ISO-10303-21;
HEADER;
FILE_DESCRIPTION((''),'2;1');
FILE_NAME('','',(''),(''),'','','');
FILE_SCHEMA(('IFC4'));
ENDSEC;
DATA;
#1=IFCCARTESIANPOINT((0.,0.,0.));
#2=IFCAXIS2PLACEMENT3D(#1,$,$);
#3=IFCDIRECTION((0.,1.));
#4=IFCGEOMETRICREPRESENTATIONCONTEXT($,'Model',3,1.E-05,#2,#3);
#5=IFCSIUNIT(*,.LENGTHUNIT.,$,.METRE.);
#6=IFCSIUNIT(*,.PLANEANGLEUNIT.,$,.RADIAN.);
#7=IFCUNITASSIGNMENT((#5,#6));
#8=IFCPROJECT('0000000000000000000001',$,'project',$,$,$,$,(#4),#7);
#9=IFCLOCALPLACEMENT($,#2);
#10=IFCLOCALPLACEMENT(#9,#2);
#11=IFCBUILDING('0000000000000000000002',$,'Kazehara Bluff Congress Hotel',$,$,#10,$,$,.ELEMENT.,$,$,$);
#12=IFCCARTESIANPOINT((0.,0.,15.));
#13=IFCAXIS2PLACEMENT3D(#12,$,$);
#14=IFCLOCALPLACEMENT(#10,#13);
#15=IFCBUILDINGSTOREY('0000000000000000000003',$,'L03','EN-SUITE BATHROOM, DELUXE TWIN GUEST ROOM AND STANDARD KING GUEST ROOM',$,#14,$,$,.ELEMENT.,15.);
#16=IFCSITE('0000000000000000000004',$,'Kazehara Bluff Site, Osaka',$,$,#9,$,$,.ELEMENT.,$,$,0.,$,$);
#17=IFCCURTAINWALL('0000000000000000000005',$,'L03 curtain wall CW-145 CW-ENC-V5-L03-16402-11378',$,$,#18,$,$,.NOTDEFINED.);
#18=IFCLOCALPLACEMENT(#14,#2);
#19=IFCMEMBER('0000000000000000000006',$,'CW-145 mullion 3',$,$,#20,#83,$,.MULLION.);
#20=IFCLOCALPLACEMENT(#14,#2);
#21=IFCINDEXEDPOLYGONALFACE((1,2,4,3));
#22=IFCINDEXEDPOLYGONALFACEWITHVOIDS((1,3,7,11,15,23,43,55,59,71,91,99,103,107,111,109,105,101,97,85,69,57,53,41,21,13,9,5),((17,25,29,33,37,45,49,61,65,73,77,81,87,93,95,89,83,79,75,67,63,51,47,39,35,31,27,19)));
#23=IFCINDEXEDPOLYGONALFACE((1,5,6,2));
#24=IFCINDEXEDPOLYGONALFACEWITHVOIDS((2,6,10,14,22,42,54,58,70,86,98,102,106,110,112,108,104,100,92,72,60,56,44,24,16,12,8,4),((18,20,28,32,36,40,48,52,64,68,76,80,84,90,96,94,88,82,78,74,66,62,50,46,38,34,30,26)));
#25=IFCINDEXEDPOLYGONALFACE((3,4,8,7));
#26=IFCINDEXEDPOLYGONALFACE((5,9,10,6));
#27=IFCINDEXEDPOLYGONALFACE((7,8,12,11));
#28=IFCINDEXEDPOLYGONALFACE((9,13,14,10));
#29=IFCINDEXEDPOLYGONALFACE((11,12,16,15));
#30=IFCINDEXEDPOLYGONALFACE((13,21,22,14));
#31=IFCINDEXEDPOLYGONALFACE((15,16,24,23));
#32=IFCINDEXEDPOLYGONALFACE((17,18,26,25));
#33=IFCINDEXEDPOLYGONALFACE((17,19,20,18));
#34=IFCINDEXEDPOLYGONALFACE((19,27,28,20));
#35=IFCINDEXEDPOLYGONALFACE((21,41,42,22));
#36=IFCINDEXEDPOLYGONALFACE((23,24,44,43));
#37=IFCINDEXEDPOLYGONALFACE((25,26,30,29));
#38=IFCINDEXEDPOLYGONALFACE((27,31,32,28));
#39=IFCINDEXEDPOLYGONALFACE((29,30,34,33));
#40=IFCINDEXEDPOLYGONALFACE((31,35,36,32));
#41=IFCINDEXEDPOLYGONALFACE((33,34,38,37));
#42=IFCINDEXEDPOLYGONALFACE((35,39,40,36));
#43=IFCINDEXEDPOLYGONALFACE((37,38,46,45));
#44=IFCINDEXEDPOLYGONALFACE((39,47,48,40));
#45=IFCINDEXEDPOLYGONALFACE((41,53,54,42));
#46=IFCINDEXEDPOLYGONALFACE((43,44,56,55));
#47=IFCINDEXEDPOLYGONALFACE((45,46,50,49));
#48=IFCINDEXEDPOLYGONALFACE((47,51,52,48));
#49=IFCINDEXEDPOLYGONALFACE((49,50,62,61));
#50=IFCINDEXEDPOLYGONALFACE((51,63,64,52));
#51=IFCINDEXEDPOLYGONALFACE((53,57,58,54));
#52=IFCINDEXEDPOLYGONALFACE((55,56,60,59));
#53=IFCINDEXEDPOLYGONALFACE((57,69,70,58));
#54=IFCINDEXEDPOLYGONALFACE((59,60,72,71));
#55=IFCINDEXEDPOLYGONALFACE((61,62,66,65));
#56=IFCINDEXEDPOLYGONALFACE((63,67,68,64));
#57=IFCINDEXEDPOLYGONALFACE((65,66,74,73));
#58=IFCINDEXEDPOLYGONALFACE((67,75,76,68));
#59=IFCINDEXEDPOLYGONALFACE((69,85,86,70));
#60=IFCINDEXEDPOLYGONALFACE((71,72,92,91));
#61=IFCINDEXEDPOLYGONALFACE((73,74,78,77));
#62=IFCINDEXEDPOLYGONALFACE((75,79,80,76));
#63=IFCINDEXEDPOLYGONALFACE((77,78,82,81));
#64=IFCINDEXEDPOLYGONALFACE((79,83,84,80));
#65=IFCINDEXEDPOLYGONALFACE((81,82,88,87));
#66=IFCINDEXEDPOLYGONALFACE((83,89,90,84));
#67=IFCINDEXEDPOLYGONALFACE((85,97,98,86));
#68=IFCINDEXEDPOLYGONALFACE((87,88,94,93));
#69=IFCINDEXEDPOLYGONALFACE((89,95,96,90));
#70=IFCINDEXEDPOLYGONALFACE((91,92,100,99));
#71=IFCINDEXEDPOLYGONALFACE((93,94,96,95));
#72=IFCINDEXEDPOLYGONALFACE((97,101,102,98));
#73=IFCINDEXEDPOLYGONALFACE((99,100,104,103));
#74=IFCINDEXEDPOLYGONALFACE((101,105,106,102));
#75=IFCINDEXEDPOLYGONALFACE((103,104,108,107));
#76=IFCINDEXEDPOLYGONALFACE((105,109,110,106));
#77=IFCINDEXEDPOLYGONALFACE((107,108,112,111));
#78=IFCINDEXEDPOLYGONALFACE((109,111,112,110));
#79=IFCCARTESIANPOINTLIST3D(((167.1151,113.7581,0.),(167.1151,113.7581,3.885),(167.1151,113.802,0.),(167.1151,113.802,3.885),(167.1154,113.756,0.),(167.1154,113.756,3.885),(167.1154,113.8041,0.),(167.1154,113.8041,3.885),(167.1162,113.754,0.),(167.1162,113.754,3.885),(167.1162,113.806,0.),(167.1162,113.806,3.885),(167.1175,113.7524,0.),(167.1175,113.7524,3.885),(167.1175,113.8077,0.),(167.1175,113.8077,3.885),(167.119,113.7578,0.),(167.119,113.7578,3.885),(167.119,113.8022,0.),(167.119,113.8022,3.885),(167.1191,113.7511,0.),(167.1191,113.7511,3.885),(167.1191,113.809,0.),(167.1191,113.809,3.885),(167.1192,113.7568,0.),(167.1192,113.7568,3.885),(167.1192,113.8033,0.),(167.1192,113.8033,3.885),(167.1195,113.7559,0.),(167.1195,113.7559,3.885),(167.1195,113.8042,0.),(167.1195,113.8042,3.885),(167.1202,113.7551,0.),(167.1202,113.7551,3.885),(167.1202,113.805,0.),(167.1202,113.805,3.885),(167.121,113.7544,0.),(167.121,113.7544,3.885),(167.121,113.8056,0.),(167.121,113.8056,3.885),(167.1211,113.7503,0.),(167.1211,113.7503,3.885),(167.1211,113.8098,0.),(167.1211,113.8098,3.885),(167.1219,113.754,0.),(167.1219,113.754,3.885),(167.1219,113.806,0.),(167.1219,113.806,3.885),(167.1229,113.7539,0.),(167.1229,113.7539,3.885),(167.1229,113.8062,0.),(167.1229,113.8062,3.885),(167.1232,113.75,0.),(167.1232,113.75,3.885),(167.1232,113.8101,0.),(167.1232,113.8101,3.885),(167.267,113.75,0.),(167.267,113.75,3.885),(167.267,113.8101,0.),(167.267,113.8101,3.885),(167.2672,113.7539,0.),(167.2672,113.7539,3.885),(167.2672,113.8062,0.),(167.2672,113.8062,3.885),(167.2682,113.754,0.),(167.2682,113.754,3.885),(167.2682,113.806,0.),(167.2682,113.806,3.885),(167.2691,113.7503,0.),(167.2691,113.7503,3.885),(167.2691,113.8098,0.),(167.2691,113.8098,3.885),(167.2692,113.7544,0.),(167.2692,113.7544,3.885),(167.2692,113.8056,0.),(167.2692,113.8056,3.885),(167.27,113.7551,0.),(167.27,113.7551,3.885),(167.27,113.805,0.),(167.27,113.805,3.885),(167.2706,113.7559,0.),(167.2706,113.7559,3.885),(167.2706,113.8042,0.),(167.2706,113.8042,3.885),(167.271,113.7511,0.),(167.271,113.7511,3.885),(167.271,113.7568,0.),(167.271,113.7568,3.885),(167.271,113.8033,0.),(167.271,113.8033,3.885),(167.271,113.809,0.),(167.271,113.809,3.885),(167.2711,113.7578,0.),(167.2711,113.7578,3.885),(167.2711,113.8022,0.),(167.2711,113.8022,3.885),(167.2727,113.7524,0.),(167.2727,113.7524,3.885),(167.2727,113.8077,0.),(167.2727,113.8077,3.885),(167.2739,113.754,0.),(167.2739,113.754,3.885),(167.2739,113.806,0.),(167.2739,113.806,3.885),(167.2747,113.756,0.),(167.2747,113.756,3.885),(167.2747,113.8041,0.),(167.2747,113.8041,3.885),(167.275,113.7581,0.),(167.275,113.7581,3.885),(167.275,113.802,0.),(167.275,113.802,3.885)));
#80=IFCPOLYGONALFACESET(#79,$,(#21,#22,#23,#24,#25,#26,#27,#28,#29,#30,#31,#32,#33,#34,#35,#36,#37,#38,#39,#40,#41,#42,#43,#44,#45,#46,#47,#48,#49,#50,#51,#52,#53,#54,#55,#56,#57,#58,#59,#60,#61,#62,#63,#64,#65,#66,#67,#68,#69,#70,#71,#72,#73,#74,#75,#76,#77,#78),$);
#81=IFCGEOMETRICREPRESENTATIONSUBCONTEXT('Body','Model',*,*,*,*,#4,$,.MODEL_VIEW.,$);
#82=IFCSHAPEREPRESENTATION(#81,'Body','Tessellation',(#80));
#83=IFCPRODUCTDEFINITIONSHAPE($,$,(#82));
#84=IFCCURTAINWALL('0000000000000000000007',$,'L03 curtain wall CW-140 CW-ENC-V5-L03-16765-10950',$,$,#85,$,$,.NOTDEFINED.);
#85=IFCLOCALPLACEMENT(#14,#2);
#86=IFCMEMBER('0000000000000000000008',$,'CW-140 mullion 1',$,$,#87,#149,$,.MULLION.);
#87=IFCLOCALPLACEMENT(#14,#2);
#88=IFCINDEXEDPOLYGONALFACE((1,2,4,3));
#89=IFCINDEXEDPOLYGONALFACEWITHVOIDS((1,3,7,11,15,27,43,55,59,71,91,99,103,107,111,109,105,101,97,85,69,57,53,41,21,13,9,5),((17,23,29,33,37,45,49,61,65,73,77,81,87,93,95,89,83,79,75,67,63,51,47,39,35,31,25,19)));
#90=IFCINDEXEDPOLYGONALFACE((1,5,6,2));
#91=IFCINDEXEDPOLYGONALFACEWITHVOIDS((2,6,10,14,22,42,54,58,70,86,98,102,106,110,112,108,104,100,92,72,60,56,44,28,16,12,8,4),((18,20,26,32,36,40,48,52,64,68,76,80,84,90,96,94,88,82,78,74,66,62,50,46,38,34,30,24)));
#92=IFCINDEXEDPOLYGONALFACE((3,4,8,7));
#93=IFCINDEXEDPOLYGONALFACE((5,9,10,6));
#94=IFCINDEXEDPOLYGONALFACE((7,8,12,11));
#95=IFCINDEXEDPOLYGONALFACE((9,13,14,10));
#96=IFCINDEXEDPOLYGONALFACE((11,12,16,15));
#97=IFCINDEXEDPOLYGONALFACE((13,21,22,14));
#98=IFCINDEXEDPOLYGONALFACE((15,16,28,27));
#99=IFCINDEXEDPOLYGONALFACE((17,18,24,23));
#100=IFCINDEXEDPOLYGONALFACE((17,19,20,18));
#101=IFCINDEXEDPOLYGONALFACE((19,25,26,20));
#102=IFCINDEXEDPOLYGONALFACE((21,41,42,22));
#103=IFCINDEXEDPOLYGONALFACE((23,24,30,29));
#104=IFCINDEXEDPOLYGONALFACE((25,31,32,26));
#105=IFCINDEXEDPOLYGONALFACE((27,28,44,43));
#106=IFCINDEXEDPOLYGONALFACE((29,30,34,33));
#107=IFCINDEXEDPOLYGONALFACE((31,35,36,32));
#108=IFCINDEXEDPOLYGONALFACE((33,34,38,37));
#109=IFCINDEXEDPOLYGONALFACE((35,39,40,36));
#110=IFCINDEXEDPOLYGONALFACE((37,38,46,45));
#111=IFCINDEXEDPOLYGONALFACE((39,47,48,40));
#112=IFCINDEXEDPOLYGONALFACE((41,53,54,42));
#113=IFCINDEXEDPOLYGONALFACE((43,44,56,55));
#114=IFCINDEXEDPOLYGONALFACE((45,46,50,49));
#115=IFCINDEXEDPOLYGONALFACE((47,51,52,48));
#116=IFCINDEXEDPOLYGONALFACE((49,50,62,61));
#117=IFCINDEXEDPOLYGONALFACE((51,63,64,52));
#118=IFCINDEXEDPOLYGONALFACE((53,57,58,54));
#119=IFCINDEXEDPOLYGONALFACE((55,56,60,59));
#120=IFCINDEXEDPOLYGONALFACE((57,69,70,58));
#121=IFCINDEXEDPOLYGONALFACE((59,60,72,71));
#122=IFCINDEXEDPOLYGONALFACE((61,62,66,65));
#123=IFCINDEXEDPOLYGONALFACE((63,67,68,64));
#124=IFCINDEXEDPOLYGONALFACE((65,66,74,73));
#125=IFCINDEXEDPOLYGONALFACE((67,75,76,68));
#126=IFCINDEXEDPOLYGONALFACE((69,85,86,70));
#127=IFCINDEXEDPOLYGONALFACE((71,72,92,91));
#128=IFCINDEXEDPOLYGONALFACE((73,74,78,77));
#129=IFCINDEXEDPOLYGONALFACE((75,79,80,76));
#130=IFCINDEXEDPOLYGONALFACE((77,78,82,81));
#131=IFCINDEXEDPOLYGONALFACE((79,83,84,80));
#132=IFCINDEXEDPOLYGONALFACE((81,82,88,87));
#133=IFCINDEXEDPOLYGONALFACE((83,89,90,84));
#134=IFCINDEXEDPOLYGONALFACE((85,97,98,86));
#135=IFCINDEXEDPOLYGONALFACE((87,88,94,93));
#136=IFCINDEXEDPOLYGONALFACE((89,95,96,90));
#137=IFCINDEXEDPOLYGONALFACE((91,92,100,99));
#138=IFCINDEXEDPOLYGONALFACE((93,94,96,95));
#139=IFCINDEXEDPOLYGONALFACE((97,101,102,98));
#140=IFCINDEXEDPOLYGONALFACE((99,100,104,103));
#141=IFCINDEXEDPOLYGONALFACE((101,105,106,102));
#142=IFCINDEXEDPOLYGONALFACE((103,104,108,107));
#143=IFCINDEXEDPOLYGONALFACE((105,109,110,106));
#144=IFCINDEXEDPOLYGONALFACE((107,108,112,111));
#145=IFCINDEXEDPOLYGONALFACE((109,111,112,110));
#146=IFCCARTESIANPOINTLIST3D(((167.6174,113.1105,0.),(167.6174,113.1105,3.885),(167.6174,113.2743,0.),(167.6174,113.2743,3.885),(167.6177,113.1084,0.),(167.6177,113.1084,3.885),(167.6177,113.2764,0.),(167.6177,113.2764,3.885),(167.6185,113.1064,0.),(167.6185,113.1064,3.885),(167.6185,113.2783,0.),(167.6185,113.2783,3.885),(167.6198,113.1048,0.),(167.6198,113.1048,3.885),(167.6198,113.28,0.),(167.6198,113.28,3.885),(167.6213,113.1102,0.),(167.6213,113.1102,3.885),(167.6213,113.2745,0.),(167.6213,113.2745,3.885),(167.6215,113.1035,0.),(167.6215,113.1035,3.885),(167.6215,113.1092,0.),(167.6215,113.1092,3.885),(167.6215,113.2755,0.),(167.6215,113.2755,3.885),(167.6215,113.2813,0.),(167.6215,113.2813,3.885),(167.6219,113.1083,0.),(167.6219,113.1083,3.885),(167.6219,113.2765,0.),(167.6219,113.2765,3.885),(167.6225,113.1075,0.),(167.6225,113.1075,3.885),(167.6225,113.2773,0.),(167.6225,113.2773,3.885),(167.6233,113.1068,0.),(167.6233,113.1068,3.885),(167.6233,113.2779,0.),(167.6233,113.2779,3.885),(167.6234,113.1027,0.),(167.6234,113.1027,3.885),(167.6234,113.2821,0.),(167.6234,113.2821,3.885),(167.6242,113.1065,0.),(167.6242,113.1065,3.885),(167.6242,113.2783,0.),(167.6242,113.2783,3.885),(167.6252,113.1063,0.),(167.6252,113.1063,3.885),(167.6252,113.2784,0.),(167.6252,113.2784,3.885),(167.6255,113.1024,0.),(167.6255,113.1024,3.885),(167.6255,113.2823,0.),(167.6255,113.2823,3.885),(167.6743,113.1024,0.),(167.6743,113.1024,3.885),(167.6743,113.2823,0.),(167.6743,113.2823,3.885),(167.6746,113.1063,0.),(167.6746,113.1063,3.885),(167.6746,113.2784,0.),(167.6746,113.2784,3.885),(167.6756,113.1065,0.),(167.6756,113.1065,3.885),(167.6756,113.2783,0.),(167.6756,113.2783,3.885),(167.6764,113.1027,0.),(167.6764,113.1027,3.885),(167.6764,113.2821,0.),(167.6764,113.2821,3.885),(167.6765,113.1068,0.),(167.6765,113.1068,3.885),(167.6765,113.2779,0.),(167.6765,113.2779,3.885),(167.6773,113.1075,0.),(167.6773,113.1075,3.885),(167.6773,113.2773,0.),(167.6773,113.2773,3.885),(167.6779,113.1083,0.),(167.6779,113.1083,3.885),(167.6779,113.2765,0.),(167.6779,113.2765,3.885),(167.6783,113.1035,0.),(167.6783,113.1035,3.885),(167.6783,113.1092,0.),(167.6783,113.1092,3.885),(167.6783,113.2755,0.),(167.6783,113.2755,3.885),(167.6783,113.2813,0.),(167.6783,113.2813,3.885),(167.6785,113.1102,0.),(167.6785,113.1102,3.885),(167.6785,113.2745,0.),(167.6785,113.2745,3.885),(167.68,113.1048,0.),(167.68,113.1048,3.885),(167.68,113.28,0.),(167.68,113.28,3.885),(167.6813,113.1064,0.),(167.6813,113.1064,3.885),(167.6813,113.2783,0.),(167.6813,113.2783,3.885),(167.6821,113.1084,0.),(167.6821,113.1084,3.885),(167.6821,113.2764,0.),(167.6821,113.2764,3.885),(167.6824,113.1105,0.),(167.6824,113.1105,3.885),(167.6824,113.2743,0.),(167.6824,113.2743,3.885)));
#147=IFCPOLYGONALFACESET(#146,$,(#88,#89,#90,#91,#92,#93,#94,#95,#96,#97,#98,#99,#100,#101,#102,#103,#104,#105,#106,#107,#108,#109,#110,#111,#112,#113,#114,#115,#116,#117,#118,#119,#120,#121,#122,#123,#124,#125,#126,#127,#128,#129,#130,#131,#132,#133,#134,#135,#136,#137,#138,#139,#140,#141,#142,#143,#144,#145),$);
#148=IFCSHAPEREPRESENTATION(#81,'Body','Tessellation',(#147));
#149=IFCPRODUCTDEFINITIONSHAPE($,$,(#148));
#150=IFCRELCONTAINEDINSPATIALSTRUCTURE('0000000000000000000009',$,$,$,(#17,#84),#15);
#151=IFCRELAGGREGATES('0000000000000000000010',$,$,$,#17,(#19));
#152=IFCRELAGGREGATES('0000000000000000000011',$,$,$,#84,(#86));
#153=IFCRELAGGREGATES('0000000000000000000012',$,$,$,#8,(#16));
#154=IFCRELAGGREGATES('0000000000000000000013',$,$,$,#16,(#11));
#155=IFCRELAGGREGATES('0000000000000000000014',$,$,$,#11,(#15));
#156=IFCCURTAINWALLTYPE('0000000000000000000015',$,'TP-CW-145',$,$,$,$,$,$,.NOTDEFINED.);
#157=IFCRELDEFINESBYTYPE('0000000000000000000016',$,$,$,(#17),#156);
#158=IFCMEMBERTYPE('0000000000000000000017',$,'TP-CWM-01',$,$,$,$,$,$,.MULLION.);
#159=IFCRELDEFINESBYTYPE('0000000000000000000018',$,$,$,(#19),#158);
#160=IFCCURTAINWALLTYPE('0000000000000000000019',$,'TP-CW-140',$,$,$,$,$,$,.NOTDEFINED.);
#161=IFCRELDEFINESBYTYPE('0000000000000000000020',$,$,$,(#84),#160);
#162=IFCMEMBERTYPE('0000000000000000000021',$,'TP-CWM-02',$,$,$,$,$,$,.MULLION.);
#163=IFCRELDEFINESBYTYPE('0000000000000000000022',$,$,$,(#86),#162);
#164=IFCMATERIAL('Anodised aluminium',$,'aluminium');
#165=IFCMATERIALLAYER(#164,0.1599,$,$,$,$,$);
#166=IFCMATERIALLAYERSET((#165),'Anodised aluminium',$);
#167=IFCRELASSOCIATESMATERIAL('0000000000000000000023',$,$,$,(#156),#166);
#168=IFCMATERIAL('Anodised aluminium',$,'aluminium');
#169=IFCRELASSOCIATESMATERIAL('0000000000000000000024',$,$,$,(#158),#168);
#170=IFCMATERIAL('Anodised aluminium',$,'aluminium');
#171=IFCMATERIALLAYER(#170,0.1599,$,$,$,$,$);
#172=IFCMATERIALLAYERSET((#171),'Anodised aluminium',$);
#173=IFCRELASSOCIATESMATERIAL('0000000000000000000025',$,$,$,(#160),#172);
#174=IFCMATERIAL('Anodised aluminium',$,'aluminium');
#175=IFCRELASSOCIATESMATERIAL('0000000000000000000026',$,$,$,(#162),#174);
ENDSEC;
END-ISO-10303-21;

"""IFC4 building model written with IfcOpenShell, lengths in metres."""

from ifc_helpers import new_model, si_unit, direction, frame, origin, origin_2d, place, context, subcontext, project, spatial, hollow_rectangle, extrude, material, layer, layer_set, material_profile, profile_set, type_object, element, aggregate, save


model = new_model("IFC4")

# Units and contexts
model_context = context("Model", 3, precision=1e-05, world=origin(), true_north=direction((0.0, 1.0)))
body_context = subcontext(model_context, "Body", "Model", "MODEL_VIEW")
ifc_project = project(units=[si_unit("LENGTHUNIT", "METRE"), si_unit("PLANEANGLEUNIT", "RADIAN")], contexts=[model_context])

# Site, building, storey
site_placement = place(None, origin())
site = spatial("IfcSite", under=ifc_project, at=site_placement, Name="Kazehara Bluff Site, Osaka", CompositionType="ELEMENT", RefElevation=0.0)
building_placement = place(site_placement, origin())
building = spatial("IfcBuilding", under=site, at=building_placement, Name="Kazehara Bluff Congress Hotel", CompositionType="ELEMENT")
storey_placement = place(building_placement, frame((0.0, 0.0, 15.0)))
storey = spatial("IfcBuildingStorey", under=building, at=storey_placement, Name="L03", Description="EN-SUITE BATHROOM, DELUXE TWIN GUEST ROOM AND STANDARD KING GUEST ROOM", CompositionType="ELEMENT", Elevation=15.0)

# Curtain wall, member
ifc_material_1 = material(Name="Anodised aluminium", Category="aluminium")
ifc_layer_1 = layer(ifc_material_1, 0.1599)
ifc_layer_set_1 = layer_set([ifc_layer_1], Name="Anodised aluminium")
curtain_wall_type_1 = type_object("IfcCurtainWallType", Name="TP-CW-145", PredefinedType="NOTDEFINED", material=ifc_layer_set_1)
curtain_wall_1_placement = place(storey_placement, origin())
curtain_wall_1 = element("IfcCurtainWall", 1, at=curtain_wall_1_placement, inside=storey, type_object=curtain_wall_type_1, Name="L03 curtain wall CW-145 CW-ENC-V5-L03-16402-11378", PredefinedType="NOTDEFINED")
ifc_material_2 = material(Name="Anodised aluminium", Category="aluminium")
ifc_material_profile_1 = material_profile(ifc_material_2, hollow_rectangle(XDim=0.0601, YDim=0.1599, WallThickness=0.0039, InnerFilletRadius=0.0039, OuterFilletRadius=0.0081, at=origin_2d()))
ifc_profile_set_1 = profile_set([ifc_material_profile_1], Name="Anodised aluminium")
member_type_1 = type_object("IfcMemberType", Name="TP-CWM-01", PredefinedType="MULLION", material=ifc_profile_set_1)
member_1_placement = place(storey_placement, frame((167.1951, 113.78, 0.0), z_axis=(0.0, 0.0, 1.0), x_axis=(0.0, 1.0, 0.0)))
member_1 = element("IfcMember", 2, at=member_1_placement, type_object=member_type_1, Name="CW-145 mullion 3", PredefinedType="MULLION", context=body_context, shape_type="SweptSolid", body=[
    extrude(hollow_rectangle(XDim=0.0601, YDim=0.1599, WallThickness=0.0039, InnerFilletRadius=0.0039, OuterFilletRadius=0.0081, at=origin_2d()), origin(), (0.0, 0.0, 1.0), 3.885),
])
aggregate(curtain_wall_1, [member_1])

# Curtain wall, member
ifc_material_3 = material(Name="Anodised aluminium", Category="aluminium")
ifc_layer_2 = layer(ifc_material_3, 0.1599)
ifc_layer_set_2 = layer_set([ifc_layer_2], Name="Anodised aluminium")
curtain_wall_type_2 = type_object("IfcCurtainWallType", Name="TP-CW-140", PredefinedType="NOTDEFINED", material=ifc_layer_set_2)
curtain_wall_2_placement = place(storey_placement, origin())
curtain_wall_2 = element("IfcCurtainWall", 3, at=curtain_wall_2_placement, inside=storey, type_object=curtain_wall_type_2, Name="L03 curtain wall CW-140 CW-ENC-V5-L03-16765-10950", PredefinedType="NOTDEFINED")
ifc_material_4 = material(Name="Anodised aluminium", Category="aluminium")
ifc_material_profile_2 = material_profile(ifc_material_4, hollow_rectangle(XDim=0.0649, YDim=0.1799, WallThickness=0.0039, InnerFilletRadius=0.0039, OuterFilletRadius=0.0081, at=origin_2d()))
ifc_profile_set_2 = profile_set([ifc_material_profile_2], Name="Anodised aluminium")
member_type_2 = type_object("IfcMemberType", Name="TP-CWM-02", PredefinedType="MULLION", material=ifc_profile_set_2)
member_2_placement = place(storey_placement, frame((167.6499, 113.1924, 0.0), z_axis=(0.0, 0.0, 1.0), x_axis=(1.0, 0.0, 0.0)))
member_2 = element("IfcMember", 4, at=member_2_placement, type_object=member_type_2, Name="CW-140 mullion 1", PredefinedType="MULLION", context=body_context, shape_type="SweptSolid", body=[
    extrude(hollow_rectangle(XDim=0.0649, YDim=0.1799, WallThickness=0.0039, InnerFilletRadius=0.0039, OuterFilletRadius=0.0081, at=origin_2d()), origin(), (0.0, 0.0, 1.0), 3.885),
])

aggregate(curtain_wall_2, [member_2])

save(model, "model.ifc")
